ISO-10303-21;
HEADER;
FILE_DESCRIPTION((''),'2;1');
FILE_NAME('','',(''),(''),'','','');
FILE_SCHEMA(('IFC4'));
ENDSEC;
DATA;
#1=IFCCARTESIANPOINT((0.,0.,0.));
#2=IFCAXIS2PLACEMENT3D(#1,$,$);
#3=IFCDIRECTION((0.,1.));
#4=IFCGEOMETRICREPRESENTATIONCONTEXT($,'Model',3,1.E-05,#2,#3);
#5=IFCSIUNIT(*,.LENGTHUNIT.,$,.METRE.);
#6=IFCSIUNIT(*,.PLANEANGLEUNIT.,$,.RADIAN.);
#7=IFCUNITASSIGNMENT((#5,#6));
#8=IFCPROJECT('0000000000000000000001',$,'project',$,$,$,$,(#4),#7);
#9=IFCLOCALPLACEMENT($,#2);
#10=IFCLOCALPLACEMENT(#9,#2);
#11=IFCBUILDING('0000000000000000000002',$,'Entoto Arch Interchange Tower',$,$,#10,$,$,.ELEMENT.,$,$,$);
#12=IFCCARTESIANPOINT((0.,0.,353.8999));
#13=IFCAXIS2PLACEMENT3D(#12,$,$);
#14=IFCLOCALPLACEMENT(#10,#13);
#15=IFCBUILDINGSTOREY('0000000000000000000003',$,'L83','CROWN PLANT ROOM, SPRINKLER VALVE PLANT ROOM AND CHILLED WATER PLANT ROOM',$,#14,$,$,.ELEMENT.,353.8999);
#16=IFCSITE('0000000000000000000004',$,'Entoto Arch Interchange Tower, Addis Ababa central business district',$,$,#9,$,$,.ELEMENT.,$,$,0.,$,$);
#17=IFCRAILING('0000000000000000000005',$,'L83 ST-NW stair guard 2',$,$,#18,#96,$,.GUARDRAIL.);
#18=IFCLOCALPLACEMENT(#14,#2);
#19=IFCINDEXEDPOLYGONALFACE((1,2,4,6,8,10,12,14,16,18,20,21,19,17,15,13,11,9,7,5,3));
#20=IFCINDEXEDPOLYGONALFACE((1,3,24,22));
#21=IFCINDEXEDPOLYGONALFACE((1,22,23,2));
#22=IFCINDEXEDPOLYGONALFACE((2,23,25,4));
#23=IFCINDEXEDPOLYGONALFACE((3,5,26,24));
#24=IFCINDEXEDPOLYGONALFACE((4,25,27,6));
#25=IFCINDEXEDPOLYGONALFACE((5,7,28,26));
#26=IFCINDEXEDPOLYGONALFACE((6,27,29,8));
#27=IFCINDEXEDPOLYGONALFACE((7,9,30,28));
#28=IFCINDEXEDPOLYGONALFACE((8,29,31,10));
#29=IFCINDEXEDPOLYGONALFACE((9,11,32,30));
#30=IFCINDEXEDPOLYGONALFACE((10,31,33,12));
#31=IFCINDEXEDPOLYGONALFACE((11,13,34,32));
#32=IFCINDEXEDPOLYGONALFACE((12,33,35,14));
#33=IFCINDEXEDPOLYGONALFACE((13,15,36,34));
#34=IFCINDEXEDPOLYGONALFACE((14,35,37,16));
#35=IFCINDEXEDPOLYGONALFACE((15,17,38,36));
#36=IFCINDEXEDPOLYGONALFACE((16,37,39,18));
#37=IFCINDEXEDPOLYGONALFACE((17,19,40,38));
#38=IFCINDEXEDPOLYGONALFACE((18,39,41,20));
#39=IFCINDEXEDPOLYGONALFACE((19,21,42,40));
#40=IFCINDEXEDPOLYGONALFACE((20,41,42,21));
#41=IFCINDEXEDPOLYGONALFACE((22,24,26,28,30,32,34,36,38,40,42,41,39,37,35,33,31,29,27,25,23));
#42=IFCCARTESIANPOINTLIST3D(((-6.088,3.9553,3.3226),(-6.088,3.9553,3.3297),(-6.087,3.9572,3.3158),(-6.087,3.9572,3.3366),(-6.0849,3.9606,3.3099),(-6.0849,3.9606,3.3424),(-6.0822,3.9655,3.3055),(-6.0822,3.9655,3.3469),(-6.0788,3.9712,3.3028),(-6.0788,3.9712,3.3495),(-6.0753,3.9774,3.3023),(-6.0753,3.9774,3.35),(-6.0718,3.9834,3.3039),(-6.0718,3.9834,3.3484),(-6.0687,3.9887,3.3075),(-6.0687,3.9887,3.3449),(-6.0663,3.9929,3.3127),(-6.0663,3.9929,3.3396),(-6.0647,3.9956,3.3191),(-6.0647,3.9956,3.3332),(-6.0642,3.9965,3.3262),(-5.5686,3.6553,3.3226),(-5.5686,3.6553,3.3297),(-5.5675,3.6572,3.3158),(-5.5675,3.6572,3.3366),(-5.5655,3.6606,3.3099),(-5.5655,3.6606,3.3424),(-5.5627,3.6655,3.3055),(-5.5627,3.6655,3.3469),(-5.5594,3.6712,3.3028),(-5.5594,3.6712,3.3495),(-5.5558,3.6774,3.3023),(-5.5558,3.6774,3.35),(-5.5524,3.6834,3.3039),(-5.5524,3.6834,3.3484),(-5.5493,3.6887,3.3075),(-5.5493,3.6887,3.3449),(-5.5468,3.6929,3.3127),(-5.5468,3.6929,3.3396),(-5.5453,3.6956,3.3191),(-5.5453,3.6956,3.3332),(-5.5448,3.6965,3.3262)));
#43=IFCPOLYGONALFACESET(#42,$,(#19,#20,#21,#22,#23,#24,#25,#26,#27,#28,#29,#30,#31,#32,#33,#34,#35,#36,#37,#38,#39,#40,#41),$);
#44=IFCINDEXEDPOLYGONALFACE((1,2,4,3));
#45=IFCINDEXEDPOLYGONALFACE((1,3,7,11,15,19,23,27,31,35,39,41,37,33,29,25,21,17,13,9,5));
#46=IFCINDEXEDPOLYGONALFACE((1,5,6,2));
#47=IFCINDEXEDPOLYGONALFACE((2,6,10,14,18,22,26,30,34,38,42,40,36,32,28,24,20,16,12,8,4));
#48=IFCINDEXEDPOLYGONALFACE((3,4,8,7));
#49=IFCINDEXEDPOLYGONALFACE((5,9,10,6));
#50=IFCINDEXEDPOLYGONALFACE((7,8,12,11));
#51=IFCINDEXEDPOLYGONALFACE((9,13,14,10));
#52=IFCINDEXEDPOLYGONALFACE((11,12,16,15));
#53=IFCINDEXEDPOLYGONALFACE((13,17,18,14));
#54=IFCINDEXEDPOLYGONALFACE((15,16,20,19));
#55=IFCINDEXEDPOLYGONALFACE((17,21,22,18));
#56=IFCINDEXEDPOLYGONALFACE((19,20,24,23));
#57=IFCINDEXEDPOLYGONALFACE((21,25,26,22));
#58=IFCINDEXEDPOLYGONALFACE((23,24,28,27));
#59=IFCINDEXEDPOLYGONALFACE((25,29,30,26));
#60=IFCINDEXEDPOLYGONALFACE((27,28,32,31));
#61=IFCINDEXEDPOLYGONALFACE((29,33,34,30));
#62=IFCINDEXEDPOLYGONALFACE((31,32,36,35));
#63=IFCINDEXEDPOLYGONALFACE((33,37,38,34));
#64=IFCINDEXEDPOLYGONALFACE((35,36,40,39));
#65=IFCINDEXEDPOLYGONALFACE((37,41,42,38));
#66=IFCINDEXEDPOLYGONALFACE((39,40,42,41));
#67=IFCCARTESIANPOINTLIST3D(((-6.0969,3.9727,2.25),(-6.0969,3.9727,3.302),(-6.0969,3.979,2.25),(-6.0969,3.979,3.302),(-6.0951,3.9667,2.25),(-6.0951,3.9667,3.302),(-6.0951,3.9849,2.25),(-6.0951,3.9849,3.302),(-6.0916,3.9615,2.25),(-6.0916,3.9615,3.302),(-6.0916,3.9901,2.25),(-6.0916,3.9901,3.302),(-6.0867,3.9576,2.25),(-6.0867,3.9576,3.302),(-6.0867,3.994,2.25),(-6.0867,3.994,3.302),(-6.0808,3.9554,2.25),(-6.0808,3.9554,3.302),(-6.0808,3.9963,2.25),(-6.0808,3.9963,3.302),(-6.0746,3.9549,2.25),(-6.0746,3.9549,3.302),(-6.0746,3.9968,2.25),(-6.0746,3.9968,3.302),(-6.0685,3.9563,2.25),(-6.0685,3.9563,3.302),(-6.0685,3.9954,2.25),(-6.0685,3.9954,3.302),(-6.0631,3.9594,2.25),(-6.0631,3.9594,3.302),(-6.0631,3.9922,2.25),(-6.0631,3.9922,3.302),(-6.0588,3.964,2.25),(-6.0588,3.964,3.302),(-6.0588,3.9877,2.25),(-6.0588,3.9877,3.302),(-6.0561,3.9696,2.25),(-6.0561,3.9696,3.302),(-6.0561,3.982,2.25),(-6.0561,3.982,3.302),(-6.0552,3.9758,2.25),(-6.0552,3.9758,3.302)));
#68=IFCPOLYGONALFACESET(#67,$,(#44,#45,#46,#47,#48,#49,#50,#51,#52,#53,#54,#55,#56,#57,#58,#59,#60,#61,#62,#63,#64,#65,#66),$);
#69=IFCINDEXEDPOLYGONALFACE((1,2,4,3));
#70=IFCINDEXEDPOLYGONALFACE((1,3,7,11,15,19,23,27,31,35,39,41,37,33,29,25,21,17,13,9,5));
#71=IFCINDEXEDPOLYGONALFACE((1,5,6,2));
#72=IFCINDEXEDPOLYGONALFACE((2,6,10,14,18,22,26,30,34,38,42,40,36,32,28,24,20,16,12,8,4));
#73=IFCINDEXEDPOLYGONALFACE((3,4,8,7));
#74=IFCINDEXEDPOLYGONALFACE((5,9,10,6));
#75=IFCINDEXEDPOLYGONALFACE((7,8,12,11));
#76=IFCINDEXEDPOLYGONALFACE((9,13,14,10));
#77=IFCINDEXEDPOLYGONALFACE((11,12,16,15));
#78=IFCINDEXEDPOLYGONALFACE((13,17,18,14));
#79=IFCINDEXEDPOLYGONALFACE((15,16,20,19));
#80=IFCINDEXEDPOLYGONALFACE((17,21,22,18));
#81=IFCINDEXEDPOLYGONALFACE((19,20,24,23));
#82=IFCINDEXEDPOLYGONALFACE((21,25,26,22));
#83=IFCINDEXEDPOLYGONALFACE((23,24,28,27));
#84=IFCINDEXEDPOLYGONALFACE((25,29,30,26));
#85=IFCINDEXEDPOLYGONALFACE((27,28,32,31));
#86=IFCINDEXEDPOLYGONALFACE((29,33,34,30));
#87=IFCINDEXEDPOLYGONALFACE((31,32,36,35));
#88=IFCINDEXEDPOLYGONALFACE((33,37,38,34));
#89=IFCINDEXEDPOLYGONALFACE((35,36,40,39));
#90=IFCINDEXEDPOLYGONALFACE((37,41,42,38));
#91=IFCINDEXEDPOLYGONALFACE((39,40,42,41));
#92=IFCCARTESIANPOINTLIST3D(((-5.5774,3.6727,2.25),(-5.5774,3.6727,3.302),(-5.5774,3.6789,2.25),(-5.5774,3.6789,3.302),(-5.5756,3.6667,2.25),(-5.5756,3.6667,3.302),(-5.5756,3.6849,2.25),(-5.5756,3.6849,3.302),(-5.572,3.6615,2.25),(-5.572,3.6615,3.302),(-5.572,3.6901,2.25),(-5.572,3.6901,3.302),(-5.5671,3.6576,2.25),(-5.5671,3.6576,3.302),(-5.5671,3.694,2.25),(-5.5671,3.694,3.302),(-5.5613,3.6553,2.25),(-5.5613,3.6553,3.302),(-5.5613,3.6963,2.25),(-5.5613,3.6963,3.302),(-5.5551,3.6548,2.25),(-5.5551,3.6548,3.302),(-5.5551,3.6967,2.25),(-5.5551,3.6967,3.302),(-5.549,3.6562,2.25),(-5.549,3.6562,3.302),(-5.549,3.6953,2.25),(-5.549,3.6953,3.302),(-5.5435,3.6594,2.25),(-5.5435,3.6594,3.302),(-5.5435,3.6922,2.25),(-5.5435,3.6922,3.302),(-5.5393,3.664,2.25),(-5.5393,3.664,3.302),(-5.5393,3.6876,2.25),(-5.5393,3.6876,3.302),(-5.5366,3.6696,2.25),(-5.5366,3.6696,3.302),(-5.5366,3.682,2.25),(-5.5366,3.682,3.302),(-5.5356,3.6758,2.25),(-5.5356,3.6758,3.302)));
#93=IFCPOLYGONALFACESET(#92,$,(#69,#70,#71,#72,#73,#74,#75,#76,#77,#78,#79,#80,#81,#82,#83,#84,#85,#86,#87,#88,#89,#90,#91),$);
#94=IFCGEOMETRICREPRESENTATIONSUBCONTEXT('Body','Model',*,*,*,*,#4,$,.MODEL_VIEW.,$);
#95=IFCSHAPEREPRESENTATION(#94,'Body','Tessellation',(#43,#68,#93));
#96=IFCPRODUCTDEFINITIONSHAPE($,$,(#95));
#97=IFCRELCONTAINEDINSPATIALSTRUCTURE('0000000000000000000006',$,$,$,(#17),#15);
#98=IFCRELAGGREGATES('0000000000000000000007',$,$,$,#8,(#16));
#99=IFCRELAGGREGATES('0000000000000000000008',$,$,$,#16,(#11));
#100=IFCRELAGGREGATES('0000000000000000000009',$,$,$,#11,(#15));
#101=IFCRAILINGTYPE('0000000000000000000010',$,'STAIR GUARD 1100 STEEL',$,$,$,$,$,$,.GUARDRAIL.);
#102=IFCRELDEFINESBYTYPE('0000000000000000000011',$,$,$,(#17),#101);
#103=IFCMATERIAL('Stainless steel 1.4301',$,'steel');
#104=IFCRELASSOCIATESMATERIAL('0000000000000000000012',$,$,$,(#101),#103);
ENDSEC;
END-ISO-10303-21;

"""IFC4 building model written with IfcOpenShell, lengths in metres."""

from ifc_helpers import new_model, si_unit, direction, frame, origin, origin_2d, place, context, subcontext, project, spatial, circle, extrude, material, type_object, element, save


model = new_model("IFC4")

# Units and contexts
model_context = context("Model", 3, precision=1e-05, world=origin(), true_north=direction((0.0, 1.0)))
body_context = subcontext(model_context, "Body", "Model", "MODEL_VIEW")
ifc_project = project(units=[si_unit("LENGTHUNIT", "METRE"), si_unit("PLANEANGLEUNIT", "RADIAN")], contexts=[model_context])

# Site, building, storey
site_placement = place(None, origin())
site = spatial("IfcSite", under=ifc_project, at=site_placement, Name="Entoto Arch Interchange Tower, Addis Ababa central business district", CompositionType="ELEMENT", RefElevation=0.0)
building_placement = place(site_placement, origin())
building = spatial("IfcBuilding", under=site, at=building_placement, Name="Entoto Arch Interchange Tower", CompositionType="ELEMENT")
storey_placement = place(building_placement, frame((0.0, 0.0, 353.8999)))
storey = spatial("IfcBuildingStorey", under=building, at=storey_placement, Name="L83", Description="CROWN PLANT ROOM, SPRINKLER VALVE PLANT ROOM AND CHILLED WATER PLANT ROOM", CompositionType="ELEMENT", Elevation=353.8999)

# Railing
ifc_material_1 = material(Name="Stainless steel 1.4301", Category="steel")
railing_type_1 = type_object("IfcRailingType", Name="STAIR GUARD 1100 STEEL", PredefinedType="GUARDRAIL", material=ifc_material_1)
railing_1_placement = place(storey_placement, frame((-6.0762, 3.9758, 2.25)))
element("IfcRailing", 1, at=railing_1_placement, inside=storey, type_object=railing_type_1, Name="L83 ST-NW stair guard 2", PredefinedType="GUARDRAIL", context=body_context, shape_type="SweptSolid", body=[
    extrude(circle(Radius=0.0239, at=origin_2d()), frame((0.0, 0.0, 1.0762), z_axis=(0.865955, -0.500122, 0.0), x_axis=(0.500122, 0.865955, 0.0)), (0.0, 0.0, 1.0), 0.5999),
    extrude(circle(Radius=0.021, at=origin_2d()), origin(), (0.0, 0.0, 1.0), 1.052),
    extrude(circle(Radius=0.021, at=origin_2d()), frame((0.5195, -0.3, 0.0)), (0.0, 0.0, 1.0), 1.052),
])

save(model, "model.ifc")
